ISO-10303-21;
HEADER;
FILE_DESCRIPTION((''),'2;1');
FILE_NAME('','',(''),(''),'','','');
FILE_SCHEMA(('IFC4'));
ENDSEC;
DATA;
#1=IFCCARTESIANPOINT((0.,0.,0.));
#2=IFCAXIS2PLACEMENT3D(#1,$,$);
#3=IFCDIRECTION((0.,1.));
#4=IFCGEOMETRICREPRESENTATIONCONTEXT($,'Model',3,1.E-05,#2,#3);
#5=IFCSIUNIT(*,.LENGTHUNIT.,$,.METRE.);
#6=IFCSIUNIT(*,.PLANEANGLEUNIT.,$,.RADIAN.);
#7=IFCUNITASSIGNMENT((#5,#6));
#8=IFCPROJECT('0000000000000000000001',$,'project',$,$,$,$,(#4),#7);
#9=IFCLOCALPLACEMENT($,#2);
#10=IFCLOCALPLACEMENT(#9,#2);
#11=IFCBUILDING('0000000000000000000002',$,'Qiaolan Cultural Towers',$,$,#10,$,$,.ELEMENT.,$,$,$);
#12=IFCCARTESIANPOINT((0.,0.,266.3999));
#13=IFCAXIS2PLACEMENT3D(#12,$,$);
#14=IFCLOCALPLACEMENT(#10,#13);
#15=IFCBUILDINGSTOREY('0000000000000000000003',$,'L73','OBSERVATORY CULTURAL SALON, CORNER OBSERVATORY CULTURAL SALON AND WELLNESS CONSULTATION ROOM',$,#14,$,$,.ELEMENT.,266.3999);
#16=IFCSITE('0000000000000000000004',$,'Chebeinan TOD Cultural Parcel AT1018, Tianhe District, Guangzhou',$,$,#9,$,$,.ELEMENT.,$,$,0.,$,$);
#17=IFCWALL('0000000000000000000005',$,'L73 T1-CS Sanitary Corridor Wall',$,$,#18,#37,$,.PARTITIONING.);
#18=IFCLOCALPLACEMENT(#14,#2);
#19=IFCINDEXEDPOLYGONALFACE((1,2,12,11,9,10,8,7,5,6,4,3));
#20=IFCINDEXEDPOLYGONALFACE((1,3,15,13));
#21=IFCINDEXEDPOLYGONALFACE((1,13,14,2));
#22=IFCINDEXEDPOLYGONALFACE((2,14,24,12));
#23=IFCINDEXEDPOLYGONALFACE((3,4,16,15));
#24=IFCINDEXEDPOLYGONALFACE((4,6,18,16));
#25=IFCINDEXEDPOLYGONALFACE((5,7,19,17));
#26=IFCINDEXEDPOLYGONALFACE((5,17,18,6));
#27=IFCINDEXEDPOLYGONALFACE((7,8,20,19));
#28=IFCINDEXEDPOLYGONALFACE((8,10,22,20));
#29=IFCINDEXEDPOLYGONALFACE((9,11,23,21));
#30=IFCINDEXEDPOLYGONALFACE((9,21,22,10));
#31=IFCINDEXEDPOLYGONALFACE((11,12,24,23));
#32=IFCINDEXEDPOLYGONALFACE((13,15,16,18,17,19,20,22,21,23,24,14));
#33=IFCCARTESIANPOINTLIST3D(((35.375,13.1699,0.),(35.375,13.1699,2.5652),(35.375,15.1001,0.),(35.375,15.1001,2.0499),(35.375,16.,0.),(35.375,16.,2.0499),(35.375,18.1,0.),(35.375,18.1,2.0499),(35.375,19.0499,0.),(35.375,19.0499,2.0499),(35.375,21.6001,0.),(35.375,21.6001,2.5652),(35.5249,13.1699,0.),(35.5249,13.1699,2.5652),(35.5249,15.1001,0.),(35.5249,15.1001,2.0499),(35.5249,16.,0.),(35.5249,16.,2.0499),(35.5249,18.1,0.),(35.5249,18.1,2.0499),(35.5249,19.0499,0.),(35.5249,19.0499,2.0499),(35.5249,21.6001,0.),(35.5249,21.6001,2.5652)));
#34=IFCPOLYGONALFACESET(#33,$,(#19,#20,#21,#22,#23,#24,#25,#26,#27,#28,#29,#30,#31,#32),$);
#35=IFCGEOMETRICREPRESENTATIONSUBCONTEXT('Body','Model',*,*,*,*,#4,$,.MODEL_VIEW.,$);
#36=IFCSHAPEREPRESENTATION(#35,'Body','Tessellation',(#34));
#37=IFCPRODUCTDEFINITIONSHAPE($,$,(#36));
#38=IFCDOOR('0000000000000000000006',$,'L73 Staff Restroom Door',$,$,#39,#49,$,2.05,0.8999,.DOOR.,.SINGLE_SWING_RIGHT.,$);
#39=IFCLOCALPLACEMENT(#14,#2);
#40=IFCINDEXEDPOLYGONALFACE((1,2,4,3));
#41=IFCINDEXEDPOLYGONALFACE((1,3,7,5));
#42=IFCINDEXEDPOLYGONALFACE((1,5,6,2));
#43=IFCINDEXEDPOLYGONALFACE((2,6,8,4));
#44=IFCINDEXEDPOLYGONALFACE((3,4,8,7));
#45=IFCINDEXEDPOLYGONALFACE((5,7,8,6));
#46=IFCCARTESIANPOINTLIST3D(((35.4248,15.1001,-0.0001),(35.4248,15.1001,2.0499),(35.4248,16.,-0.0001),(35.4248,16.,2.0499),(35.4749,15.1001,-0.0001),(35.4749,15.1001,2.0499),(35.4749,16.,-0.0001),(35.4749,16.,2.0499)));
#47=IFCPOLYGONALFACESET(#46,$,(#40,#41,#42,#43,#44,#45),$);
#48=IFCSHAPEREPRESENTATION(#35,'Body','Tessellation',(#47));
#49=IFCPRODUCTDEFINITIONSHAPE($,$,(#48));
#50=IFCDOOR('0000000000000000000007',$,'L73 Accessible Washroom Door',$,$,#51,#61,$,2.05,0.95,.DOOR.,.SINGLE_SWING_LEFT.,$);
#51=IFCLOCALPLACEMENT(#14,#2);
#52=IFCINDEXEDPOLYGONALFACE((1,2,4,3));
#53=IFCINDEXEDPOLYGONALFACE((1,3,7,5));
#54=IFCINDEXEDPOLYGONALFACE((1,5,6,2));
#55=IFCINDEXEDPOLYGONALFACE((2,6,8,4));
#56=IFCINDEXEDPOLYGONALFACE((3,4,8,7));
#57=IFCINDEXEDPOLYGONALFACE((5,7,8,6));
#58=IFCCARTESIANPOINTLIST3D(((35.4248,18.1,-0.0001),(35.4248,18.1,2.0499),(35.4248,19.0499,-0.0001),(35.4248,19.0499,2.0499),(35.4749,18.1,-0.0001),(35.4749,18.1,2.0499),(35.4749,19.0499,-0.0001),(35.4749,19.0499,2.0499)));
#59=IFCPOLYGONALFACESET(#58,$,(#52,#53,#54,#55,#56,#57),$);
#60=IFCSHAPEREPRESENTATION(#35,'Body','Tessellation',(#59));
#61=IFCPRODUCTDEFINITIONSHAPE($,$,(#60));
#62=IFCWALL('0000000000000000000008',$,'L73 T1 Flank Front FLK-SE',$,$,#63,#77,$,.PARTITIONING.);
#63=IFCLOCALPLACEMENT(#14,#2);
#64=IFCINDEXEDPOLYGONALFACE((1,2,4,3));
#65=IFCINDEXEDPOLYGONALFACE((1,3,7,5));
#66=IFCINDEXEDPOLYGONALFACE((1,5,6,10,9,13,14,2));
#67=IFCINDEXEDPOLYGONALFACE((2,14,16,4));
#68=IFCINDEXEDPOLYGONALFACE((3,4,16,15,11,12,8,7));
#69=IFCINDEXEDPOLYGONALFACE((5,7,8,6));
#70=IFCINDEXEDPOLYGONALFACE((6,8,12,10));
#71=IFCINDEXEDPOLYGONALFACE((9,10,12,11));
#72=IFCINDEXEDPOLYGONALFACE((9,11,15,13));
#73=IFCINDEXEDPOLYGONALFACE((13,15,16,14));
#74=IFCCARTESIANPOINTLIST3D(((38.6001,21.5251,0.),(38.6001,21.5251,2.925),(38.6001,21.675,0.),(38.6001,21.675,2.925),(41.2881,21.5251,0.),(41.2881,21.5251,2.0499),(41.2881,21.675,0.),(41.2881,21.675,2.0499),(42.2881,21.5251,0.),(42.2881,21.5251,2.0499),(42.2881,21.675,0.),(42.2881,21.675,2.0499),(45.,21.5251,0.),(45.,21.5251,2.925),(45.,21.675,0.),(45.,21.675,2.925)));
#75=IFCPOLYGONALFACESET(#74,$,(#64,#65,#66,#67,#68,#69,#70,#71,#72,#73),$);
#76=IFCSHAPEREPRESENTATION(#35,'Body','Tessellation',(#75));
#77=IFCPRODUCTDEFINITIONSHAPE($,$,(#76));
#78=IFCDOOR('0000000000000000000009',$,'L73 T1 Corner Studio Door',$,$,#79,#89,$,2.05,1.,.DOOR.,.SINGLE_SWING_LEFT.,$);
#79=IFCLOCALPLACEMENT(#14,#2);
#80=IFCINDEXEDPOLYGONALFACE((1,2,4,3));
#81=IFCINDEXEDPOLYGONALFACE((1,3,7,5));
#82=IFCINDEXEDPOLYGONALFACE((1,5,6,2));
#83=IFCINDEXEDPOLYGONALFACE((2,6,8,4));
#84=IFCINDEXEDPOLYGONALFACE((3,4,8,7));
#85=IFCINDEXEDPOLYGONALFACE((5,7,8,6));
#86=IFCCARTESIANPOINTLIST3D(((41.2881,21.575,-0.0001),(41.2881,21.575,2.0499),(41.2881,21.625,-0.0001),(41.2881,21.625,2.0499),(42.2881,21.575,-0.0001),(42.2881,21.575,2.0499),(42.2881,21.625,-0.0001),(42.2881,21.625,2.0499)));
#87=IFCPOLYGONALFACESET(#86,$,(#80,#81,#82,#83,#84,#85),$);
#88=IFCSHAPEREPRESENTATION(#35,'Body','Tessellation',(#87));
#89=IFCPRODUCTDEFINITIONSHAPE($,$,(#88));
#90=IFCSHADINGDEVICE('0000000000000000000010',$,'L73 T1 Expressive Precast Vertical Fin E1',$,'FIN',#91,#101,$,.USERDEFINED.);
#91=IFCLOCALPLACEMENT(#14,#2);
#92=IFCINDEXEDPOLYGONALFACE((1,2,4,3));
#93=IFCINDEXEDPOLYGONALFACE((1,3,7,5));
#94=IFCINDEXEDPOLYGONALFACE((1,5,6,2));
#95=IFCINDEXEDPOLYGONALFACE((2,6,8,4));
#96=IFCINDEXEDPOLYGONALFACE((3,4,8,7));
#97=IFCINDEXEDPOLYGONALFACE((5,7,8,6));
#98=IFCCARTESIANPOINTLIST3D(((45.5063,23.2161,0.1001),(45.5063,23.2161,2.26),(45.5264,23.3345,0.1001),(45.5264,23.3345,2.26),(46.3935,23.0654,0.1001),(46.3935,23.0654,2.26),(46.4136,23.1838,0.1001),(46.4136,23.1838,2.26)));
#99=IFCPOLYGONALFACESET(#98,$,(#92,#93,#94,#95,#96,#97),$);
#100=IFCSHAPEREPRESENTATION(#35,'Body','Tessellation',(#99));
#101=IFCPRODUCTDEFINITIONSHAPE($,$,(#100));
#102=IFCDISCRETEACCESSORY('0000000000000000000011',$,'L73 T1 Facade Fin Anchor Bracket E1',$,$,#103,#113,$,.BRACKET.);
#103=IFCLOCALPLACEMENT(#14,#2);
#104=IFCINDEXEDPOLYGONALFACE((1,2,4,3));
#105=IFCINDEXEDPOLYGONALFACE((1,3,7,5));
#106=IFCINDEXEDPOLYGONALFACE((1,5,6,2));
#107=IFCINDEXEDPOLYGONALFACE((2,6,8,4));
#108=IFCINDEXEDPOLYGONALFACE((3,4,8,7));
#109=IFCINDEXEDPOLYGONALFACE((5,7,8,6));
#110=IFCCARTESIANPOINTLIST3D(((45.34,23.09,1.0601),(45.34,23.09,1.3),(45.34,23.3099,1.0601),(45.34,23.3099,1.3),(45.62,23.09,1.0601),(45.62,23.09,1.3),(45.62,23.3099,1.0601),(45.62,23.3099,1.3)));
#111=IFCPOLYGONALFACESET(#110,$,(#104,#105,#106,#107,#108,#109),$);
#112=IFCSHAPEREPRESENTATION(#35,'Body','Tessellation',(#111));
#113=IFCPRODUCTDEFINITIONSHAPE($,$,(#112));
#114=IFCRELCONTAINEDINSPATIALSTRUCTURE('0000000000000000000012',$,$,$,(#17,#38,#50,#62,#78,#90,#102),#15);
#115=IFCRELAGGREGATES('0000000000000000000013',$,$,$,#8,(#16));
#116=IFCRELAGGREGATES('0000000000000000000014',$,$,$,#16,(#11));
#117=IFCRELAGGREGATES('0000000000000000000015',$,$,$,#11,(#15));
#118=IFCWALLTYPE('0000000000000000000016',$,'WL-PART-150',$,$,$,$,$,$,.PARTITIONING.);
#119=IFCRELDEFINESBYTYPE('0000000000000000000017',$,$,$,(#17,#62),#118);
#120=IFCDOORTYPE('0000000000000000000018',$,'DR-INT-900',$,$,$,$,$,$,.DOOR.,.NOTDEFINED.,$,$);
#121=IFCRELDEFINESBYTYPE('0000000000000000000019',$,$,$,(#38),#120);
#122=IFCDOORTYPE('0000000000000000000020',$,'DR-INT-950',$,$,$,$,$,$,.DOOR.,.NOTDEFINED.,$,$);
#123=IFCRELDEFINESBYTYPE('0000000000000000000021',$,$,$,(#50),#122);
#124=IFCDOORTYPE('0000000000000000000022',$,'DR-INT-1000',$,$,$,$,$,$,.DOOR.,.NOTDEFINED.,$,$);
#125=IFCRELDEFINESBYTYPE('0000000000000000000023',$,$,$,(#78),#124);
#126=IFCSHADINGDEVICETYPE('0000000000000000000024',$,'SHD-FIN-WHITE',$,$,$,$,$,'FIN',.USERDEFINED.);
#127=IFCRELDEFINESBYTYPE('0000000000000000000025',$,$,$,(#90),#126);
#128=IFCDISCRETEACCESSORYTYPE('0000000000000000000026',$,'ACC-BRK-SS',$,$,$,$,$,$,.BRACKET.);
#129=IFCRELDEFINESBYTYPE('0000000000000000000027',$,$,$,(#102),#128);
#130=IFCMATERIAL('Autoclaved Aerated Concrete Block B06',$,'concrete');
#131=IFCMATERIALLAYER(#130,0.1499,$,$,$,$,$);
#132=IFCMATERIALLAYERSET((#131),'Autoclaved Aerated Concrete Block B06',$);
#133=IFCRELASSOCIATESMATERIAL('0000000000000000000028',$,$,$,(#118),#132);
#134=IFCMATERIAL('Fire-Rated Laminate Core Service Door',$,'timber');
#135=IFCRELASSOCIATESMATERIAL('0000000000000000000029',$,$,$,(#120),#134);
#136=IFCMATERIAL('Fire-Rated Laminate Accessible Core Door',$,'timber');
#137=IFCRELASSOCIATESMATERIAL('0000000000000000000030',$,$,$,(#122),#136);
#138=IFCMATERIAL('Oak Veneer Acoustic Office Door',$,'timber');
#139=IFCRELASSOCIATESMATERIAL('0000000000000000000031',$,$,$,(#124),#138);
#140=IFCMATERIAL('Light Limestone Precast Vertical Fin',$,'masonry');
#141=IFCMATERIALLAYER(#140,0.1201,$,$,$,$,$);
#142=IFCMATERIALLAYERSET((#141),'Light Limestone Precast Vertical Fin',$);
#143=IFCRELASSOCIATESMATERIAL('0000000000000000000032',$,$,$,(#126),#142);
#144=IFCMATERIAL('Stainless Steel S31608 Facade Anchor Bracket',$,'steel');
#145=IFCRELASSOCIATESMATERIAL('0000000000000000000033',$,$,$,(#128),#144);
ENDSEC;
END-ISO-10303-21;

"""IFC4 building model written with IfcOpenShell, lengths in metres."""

from ifc_helpers import new_model, si_unit, direction, frame, frame_2d, origin, origin_2d, place, context, subcontext, project, spatial, rectangle, extrude, material, layer, layer_set, type_object, element, fill, save


model = new_model("IFC4")

# Units and contexts
model_context = context("Model", 3, precision=1e-05, world=origin(), true_north=direction((0.0, 1.0)))
body_context = subcontext(model_context, "Body", "Model", "MODEL_VIEW")
ifc_project = project(units=[si_unit("LENGTHUNIT", "METRE"), si_unit("PLANEANGLEUNIT", "RADIAN")], contexts=[model_context])

# Site, building, storey
site_placement = place(None, origin())
site = spatial("IfcSite", under=ifc_project, at=site_placement, Name="Chebeinan TOD Cultural Parcel AT1018, Tianhe District, Guangzhou", CompositionType="ELEMENT", RefElevation=0.0)
building_placement = place(site_placement, origin())
building = spatial("IfcBuilding", under=site, at=building_placement, Name="Qiaolan Cultural Towers", CompositionType="ELEMENT")
storey_placement = place(building_placement, frame((0.0, 0.0, 266.3999)))
storey = spatial("IfcBuildingStorey", under=building, at=storey_placement, Name="L73", Description="OBSERVATORY CULTURAL SALON, CORNER OBSERVATORY CULTURAL SALON AND WELLNESS CONSULTATION ROOM", CompositionType="ELEMENT", Elevation=266.3999)

# Wall, openings, doors
ifc_material_1 = material(Name="Autoclaved Aerated Concrete Block B06", Category="concrete")
ifc_layer_1 = layer(ifc_material_1, 0.1499)
ifc_layer_set_1 = layer_set([ifc_layer_1], Name="Autoclaved Aerated Concrete Block B06")
wall_type_1 = type_object("IfcWallType", Name="WL-PART-150", PredefinedType="PARTITIONING", material=ifc_layer_set_1)
ifc_material_2 = material(Name="Fire-Rated Laminate Core Service Door", Category="timber")
door_type_1 = type_object("IfcDoorType", Name="DR-INT-900", OperationType="NOTDEFINED", PredefinedType="DOOR", material=ifc_material_2)
ifc_material_3 = material(Name="Fire-Rated Laminate Accessible Core Door", Category="timber")
door_type_2 = type_object("IfcDoorType", Name="DR-INT-950", OperationType="NOTDEFINED", PredefinedType="DOOR", material=ifc_material_3)
wall_1_placement = place(storey_placement, frame((35.45, 21.6001, 0.0), z_axis=(0.0, 0.0, 1.0), x_axis=(0.0, -1.0, 0.0)))
wall_1 = element("IfcWall", 1, at=wall_1_placement, inside=storey, type_object=wall_type_1, Name="L73 T1-CS Sanitary Corridor Wall", PredefinedType="PARTITIONING", context=body_context, shape_type="SweptSolid", body=[
    extrude(rectangle(XDim=8.4302, YDim=0.1499, at=frame_2d((4.2151, 0.0))), origin(), (0.0, 0.0, 1.0), 2.5652),
])
opening_1_placement = place(wall_1_placement, frame((2.55, 0.0, 0.0)))
opening_1 = element("IfcOpeningElement", 2, at=opening_1_placement, cuts=wall_1, PredefinedType="OPENING", context=body_context, shape_type="SweptSolid", body=[
    extrude(rectangle(XDim=0.95, YDim=2.05, at=frame_2d((0.4751, 1.0249))), frame((0.0, 0.085, 0.0), z_axis=(0.0, -1.0, 0.0), x_axis=(1.0, 0.0, 0.0)), (0.0, 0.0, 1.0), 0.1699),
])
opening_2_placement = place(wall_1_placement, frame((5.6001, 0.0, 0.0)))
opening_2 = element("IfcOpeningElement", 3, at=opening_2_placement, cuts=wall_1, PredefinedType="OPENING", context=body_context, shape_type="SweptSolid", body=[
    extrude(rectangle(XDim=0.8999, YDim=2.05, at=frame_2d((0.45, 1.0249))), frame((0.0, 0.085, 0.0), z_axis=(0.0, -1.0, 0.0), x_axis=(1.0, 0.0, 0.0)), (0.0, 0.0, 1.0), 0.1699),
])
door_1_placement = place(opening_2_placement, origin())
door_1 = element("IfcDoor", 4, at=door_1_placement, inside=storey, type_object=door_type_1, Name="L73 Staff Restroom Door", OperationType="SINGLE_SWING_RIGHT", OverallHeight=2.05, OverallWidth=0.8999, PredefinedType="DOOR", context=body_context, shape_type="SweptSolid", body=[
    extrude(rectangle(XDim=0.8999, YDim=2.05, at=frame_2d((0.45, 1.0249))), frame((0.0, 0.0249, 0.0), z_axis=(0.0, -1.0, 0.0), x_axis=(1.0, 0.0, 0.0)), (0.0, 0.0, 1.0), 0.05),
])
fill(opening_2, door_1)
door_2_placement = place(opening_1_placement, origin())
door_2 = element("IfcDoor", 5, at=door_2_placement, inside=storey, type_object=door_type_2, Name="L73 Accessible Washroom Door", OperationType="SINGLE_SWING_LEFT", OverallHeight=2.05, OverallWidth=0.95, PredefinedType="DOOR", context=body_context, shape_type="SweptSolid", body=[
    extrude(rectangle(XDim=0.95, YDim=2.05, at=frame_2d((0.4751, 1.0249))), frame((0.0, 0.0249, 0.0), z_axis=(0.0, -1.0, 0.0), x_axis=(1.0, 0.0, 0.0)), (0.0, 0.0, 1.0), 0.05),
])
fill(opening_1, door_2)

# Wall, opening, door
wall_2_placement = place(storey_placement, frame((38.6001, 21.6001, 0.0), z_axis=(0.0, 0.0, 1.0), x_axis=(1.0, 0.0, 0.0)))
wall_2 = element("IfcWall", 6, at=wall_2_placement, inside=storey, type_object=wall_type_1, Name="L73 T1 Flank Front FLK-SE", PredefinedType="PARTITIONING", context=body_context, shape_type="SweptSolid", body=[
    extrude(rectangle(XDim=6.3999, YDim=0.1499, at=frame_2d((3.2, 0.0))), origin(), (0.0, 0.0, 1.0), 2.925),
])
opening_3_placement = place(wall_2_placement, frame((2.688, 0.0, 0.0)))
opening_3 = element("IfcOpeningElement", 7, at=opening_3_placement, cuts=wall_2, PredefinedType="OPENING", context=body_context, shape_type="SweptSolid", body=[
    extrude(rectangle(XDim=1.0, YDim=2.05, at=frame_2d((0.5, 1.0249))), frame((0.0, 0.085, 0.0), z_axis=(0.0, -1.0, 0.0), x_axis=(1.0, 0.0, 0.0)), (0.0, 0.0, 1.0), 0.1699),
])
ifc_material_4 = material(Name="Oak Veneer Acoustic Office Door", Category="timber")
door_type_3 = type_object("IfcDoorType", Name="DR-INT-1000", OperationType="NOTDEFINED", PredefinedType="DOOR", material=ifc_material_4)
door_3_placement = place(opening_3_placement, origin())
door_3 = element("IfcDoor", 8, at=door_3_placement, inside=storey, type_object=door_type_3, Name="L73 T1 Corner Studio Door", OperationType="SINGLE_SWING_LEFT", OverallHeight=2.05, OverallWidth=1.0, PredefinedType="DOOR", context=body_context, shape_type="SweptSolid", body=[
    extrude(rectangle(XDim=1.0, YDim=2.05, at=frame_2d((0.5, 1.0249))), frame((0.0, 0.0249, 0.0), z_axis=(0.0, -1.0, 0.0), x_axis=(1.0, 0.0, 0.0)), (0.0, 0.0, 1.0), 0.05),
])
fill(opening_3, door_3)

# Shading device
ifc_material_5 = material(Name="Light Limestone Precast Vertical Fin", Category="masonry")
ifc_layer_2 = layer(ifc_material_5, 0.1201)
ifc_layer_set_2 = layer_set([ifc_layer_2], Name="Light Limestone Precast Vertical Fin")
shading_device_type = type_object("IfcShadingDeviceType", Name="SHD-FIN-WHITE", ElementType="FIN", PredefinedType="USERDEFINED", material=ifc_layer_set_2)
shading_device_placement = place(storey_placement, frame((45.96, 23.2, 0.1001), z_axis=(0.0, 0.0, 1.0), x_axis=(0.985874, -0.167488, 0.0)))
element("IfcShadingDevice", 9, at=shading_device_placement, inside=storey, type_object=shading_device_type, Name="L73 T1 Expressive Precast Vertical Fin E1", ObjectType="FIN", PredefinedType="USERDEFINED", context=body_context, shape_type="SweptSolid", body=[
    extrude(rectangle(XDim=0.8999, YDim=0.1201, at=origin_2d()), origin(), (0.0, 0.0, 1.0), 2.1599),
])

# Discrete accessory
ifc_material_6 = material(Name="Stainless Steel S31608 Facade Anchor Bracket", Category="steel")
discrete_accessory_type = type_object("IfcDiscreteAccessoryType", Name="ACC-BRK-SS", PredefinedType="BRACKET", material=ifc_material_6)
discrete_accessory_placement = place(storey_placement, frame((45.48, 23.2, 1.0601), z_axis=(0.0, 0.0, 1.0), x_axis=(1.0, 0.0, 0.0)))
element("IfcDiscreteAccessory", 10, at=discrete_accessory_placement, inside=storey, type_object=discrete_accessory_type, Name="L73 T1 Facade Fin Anchor Bracket E1", PredefinedType="BRACKET", context=body_context, shape_type="SweptSolid", body=[
    extrude(rectangle(XDim=0.28, YDim=0.22, at=origin_2d()), origin(), (0.0, 0.0, 1.0), 0.24),
])

save(model, "model.ifc")
